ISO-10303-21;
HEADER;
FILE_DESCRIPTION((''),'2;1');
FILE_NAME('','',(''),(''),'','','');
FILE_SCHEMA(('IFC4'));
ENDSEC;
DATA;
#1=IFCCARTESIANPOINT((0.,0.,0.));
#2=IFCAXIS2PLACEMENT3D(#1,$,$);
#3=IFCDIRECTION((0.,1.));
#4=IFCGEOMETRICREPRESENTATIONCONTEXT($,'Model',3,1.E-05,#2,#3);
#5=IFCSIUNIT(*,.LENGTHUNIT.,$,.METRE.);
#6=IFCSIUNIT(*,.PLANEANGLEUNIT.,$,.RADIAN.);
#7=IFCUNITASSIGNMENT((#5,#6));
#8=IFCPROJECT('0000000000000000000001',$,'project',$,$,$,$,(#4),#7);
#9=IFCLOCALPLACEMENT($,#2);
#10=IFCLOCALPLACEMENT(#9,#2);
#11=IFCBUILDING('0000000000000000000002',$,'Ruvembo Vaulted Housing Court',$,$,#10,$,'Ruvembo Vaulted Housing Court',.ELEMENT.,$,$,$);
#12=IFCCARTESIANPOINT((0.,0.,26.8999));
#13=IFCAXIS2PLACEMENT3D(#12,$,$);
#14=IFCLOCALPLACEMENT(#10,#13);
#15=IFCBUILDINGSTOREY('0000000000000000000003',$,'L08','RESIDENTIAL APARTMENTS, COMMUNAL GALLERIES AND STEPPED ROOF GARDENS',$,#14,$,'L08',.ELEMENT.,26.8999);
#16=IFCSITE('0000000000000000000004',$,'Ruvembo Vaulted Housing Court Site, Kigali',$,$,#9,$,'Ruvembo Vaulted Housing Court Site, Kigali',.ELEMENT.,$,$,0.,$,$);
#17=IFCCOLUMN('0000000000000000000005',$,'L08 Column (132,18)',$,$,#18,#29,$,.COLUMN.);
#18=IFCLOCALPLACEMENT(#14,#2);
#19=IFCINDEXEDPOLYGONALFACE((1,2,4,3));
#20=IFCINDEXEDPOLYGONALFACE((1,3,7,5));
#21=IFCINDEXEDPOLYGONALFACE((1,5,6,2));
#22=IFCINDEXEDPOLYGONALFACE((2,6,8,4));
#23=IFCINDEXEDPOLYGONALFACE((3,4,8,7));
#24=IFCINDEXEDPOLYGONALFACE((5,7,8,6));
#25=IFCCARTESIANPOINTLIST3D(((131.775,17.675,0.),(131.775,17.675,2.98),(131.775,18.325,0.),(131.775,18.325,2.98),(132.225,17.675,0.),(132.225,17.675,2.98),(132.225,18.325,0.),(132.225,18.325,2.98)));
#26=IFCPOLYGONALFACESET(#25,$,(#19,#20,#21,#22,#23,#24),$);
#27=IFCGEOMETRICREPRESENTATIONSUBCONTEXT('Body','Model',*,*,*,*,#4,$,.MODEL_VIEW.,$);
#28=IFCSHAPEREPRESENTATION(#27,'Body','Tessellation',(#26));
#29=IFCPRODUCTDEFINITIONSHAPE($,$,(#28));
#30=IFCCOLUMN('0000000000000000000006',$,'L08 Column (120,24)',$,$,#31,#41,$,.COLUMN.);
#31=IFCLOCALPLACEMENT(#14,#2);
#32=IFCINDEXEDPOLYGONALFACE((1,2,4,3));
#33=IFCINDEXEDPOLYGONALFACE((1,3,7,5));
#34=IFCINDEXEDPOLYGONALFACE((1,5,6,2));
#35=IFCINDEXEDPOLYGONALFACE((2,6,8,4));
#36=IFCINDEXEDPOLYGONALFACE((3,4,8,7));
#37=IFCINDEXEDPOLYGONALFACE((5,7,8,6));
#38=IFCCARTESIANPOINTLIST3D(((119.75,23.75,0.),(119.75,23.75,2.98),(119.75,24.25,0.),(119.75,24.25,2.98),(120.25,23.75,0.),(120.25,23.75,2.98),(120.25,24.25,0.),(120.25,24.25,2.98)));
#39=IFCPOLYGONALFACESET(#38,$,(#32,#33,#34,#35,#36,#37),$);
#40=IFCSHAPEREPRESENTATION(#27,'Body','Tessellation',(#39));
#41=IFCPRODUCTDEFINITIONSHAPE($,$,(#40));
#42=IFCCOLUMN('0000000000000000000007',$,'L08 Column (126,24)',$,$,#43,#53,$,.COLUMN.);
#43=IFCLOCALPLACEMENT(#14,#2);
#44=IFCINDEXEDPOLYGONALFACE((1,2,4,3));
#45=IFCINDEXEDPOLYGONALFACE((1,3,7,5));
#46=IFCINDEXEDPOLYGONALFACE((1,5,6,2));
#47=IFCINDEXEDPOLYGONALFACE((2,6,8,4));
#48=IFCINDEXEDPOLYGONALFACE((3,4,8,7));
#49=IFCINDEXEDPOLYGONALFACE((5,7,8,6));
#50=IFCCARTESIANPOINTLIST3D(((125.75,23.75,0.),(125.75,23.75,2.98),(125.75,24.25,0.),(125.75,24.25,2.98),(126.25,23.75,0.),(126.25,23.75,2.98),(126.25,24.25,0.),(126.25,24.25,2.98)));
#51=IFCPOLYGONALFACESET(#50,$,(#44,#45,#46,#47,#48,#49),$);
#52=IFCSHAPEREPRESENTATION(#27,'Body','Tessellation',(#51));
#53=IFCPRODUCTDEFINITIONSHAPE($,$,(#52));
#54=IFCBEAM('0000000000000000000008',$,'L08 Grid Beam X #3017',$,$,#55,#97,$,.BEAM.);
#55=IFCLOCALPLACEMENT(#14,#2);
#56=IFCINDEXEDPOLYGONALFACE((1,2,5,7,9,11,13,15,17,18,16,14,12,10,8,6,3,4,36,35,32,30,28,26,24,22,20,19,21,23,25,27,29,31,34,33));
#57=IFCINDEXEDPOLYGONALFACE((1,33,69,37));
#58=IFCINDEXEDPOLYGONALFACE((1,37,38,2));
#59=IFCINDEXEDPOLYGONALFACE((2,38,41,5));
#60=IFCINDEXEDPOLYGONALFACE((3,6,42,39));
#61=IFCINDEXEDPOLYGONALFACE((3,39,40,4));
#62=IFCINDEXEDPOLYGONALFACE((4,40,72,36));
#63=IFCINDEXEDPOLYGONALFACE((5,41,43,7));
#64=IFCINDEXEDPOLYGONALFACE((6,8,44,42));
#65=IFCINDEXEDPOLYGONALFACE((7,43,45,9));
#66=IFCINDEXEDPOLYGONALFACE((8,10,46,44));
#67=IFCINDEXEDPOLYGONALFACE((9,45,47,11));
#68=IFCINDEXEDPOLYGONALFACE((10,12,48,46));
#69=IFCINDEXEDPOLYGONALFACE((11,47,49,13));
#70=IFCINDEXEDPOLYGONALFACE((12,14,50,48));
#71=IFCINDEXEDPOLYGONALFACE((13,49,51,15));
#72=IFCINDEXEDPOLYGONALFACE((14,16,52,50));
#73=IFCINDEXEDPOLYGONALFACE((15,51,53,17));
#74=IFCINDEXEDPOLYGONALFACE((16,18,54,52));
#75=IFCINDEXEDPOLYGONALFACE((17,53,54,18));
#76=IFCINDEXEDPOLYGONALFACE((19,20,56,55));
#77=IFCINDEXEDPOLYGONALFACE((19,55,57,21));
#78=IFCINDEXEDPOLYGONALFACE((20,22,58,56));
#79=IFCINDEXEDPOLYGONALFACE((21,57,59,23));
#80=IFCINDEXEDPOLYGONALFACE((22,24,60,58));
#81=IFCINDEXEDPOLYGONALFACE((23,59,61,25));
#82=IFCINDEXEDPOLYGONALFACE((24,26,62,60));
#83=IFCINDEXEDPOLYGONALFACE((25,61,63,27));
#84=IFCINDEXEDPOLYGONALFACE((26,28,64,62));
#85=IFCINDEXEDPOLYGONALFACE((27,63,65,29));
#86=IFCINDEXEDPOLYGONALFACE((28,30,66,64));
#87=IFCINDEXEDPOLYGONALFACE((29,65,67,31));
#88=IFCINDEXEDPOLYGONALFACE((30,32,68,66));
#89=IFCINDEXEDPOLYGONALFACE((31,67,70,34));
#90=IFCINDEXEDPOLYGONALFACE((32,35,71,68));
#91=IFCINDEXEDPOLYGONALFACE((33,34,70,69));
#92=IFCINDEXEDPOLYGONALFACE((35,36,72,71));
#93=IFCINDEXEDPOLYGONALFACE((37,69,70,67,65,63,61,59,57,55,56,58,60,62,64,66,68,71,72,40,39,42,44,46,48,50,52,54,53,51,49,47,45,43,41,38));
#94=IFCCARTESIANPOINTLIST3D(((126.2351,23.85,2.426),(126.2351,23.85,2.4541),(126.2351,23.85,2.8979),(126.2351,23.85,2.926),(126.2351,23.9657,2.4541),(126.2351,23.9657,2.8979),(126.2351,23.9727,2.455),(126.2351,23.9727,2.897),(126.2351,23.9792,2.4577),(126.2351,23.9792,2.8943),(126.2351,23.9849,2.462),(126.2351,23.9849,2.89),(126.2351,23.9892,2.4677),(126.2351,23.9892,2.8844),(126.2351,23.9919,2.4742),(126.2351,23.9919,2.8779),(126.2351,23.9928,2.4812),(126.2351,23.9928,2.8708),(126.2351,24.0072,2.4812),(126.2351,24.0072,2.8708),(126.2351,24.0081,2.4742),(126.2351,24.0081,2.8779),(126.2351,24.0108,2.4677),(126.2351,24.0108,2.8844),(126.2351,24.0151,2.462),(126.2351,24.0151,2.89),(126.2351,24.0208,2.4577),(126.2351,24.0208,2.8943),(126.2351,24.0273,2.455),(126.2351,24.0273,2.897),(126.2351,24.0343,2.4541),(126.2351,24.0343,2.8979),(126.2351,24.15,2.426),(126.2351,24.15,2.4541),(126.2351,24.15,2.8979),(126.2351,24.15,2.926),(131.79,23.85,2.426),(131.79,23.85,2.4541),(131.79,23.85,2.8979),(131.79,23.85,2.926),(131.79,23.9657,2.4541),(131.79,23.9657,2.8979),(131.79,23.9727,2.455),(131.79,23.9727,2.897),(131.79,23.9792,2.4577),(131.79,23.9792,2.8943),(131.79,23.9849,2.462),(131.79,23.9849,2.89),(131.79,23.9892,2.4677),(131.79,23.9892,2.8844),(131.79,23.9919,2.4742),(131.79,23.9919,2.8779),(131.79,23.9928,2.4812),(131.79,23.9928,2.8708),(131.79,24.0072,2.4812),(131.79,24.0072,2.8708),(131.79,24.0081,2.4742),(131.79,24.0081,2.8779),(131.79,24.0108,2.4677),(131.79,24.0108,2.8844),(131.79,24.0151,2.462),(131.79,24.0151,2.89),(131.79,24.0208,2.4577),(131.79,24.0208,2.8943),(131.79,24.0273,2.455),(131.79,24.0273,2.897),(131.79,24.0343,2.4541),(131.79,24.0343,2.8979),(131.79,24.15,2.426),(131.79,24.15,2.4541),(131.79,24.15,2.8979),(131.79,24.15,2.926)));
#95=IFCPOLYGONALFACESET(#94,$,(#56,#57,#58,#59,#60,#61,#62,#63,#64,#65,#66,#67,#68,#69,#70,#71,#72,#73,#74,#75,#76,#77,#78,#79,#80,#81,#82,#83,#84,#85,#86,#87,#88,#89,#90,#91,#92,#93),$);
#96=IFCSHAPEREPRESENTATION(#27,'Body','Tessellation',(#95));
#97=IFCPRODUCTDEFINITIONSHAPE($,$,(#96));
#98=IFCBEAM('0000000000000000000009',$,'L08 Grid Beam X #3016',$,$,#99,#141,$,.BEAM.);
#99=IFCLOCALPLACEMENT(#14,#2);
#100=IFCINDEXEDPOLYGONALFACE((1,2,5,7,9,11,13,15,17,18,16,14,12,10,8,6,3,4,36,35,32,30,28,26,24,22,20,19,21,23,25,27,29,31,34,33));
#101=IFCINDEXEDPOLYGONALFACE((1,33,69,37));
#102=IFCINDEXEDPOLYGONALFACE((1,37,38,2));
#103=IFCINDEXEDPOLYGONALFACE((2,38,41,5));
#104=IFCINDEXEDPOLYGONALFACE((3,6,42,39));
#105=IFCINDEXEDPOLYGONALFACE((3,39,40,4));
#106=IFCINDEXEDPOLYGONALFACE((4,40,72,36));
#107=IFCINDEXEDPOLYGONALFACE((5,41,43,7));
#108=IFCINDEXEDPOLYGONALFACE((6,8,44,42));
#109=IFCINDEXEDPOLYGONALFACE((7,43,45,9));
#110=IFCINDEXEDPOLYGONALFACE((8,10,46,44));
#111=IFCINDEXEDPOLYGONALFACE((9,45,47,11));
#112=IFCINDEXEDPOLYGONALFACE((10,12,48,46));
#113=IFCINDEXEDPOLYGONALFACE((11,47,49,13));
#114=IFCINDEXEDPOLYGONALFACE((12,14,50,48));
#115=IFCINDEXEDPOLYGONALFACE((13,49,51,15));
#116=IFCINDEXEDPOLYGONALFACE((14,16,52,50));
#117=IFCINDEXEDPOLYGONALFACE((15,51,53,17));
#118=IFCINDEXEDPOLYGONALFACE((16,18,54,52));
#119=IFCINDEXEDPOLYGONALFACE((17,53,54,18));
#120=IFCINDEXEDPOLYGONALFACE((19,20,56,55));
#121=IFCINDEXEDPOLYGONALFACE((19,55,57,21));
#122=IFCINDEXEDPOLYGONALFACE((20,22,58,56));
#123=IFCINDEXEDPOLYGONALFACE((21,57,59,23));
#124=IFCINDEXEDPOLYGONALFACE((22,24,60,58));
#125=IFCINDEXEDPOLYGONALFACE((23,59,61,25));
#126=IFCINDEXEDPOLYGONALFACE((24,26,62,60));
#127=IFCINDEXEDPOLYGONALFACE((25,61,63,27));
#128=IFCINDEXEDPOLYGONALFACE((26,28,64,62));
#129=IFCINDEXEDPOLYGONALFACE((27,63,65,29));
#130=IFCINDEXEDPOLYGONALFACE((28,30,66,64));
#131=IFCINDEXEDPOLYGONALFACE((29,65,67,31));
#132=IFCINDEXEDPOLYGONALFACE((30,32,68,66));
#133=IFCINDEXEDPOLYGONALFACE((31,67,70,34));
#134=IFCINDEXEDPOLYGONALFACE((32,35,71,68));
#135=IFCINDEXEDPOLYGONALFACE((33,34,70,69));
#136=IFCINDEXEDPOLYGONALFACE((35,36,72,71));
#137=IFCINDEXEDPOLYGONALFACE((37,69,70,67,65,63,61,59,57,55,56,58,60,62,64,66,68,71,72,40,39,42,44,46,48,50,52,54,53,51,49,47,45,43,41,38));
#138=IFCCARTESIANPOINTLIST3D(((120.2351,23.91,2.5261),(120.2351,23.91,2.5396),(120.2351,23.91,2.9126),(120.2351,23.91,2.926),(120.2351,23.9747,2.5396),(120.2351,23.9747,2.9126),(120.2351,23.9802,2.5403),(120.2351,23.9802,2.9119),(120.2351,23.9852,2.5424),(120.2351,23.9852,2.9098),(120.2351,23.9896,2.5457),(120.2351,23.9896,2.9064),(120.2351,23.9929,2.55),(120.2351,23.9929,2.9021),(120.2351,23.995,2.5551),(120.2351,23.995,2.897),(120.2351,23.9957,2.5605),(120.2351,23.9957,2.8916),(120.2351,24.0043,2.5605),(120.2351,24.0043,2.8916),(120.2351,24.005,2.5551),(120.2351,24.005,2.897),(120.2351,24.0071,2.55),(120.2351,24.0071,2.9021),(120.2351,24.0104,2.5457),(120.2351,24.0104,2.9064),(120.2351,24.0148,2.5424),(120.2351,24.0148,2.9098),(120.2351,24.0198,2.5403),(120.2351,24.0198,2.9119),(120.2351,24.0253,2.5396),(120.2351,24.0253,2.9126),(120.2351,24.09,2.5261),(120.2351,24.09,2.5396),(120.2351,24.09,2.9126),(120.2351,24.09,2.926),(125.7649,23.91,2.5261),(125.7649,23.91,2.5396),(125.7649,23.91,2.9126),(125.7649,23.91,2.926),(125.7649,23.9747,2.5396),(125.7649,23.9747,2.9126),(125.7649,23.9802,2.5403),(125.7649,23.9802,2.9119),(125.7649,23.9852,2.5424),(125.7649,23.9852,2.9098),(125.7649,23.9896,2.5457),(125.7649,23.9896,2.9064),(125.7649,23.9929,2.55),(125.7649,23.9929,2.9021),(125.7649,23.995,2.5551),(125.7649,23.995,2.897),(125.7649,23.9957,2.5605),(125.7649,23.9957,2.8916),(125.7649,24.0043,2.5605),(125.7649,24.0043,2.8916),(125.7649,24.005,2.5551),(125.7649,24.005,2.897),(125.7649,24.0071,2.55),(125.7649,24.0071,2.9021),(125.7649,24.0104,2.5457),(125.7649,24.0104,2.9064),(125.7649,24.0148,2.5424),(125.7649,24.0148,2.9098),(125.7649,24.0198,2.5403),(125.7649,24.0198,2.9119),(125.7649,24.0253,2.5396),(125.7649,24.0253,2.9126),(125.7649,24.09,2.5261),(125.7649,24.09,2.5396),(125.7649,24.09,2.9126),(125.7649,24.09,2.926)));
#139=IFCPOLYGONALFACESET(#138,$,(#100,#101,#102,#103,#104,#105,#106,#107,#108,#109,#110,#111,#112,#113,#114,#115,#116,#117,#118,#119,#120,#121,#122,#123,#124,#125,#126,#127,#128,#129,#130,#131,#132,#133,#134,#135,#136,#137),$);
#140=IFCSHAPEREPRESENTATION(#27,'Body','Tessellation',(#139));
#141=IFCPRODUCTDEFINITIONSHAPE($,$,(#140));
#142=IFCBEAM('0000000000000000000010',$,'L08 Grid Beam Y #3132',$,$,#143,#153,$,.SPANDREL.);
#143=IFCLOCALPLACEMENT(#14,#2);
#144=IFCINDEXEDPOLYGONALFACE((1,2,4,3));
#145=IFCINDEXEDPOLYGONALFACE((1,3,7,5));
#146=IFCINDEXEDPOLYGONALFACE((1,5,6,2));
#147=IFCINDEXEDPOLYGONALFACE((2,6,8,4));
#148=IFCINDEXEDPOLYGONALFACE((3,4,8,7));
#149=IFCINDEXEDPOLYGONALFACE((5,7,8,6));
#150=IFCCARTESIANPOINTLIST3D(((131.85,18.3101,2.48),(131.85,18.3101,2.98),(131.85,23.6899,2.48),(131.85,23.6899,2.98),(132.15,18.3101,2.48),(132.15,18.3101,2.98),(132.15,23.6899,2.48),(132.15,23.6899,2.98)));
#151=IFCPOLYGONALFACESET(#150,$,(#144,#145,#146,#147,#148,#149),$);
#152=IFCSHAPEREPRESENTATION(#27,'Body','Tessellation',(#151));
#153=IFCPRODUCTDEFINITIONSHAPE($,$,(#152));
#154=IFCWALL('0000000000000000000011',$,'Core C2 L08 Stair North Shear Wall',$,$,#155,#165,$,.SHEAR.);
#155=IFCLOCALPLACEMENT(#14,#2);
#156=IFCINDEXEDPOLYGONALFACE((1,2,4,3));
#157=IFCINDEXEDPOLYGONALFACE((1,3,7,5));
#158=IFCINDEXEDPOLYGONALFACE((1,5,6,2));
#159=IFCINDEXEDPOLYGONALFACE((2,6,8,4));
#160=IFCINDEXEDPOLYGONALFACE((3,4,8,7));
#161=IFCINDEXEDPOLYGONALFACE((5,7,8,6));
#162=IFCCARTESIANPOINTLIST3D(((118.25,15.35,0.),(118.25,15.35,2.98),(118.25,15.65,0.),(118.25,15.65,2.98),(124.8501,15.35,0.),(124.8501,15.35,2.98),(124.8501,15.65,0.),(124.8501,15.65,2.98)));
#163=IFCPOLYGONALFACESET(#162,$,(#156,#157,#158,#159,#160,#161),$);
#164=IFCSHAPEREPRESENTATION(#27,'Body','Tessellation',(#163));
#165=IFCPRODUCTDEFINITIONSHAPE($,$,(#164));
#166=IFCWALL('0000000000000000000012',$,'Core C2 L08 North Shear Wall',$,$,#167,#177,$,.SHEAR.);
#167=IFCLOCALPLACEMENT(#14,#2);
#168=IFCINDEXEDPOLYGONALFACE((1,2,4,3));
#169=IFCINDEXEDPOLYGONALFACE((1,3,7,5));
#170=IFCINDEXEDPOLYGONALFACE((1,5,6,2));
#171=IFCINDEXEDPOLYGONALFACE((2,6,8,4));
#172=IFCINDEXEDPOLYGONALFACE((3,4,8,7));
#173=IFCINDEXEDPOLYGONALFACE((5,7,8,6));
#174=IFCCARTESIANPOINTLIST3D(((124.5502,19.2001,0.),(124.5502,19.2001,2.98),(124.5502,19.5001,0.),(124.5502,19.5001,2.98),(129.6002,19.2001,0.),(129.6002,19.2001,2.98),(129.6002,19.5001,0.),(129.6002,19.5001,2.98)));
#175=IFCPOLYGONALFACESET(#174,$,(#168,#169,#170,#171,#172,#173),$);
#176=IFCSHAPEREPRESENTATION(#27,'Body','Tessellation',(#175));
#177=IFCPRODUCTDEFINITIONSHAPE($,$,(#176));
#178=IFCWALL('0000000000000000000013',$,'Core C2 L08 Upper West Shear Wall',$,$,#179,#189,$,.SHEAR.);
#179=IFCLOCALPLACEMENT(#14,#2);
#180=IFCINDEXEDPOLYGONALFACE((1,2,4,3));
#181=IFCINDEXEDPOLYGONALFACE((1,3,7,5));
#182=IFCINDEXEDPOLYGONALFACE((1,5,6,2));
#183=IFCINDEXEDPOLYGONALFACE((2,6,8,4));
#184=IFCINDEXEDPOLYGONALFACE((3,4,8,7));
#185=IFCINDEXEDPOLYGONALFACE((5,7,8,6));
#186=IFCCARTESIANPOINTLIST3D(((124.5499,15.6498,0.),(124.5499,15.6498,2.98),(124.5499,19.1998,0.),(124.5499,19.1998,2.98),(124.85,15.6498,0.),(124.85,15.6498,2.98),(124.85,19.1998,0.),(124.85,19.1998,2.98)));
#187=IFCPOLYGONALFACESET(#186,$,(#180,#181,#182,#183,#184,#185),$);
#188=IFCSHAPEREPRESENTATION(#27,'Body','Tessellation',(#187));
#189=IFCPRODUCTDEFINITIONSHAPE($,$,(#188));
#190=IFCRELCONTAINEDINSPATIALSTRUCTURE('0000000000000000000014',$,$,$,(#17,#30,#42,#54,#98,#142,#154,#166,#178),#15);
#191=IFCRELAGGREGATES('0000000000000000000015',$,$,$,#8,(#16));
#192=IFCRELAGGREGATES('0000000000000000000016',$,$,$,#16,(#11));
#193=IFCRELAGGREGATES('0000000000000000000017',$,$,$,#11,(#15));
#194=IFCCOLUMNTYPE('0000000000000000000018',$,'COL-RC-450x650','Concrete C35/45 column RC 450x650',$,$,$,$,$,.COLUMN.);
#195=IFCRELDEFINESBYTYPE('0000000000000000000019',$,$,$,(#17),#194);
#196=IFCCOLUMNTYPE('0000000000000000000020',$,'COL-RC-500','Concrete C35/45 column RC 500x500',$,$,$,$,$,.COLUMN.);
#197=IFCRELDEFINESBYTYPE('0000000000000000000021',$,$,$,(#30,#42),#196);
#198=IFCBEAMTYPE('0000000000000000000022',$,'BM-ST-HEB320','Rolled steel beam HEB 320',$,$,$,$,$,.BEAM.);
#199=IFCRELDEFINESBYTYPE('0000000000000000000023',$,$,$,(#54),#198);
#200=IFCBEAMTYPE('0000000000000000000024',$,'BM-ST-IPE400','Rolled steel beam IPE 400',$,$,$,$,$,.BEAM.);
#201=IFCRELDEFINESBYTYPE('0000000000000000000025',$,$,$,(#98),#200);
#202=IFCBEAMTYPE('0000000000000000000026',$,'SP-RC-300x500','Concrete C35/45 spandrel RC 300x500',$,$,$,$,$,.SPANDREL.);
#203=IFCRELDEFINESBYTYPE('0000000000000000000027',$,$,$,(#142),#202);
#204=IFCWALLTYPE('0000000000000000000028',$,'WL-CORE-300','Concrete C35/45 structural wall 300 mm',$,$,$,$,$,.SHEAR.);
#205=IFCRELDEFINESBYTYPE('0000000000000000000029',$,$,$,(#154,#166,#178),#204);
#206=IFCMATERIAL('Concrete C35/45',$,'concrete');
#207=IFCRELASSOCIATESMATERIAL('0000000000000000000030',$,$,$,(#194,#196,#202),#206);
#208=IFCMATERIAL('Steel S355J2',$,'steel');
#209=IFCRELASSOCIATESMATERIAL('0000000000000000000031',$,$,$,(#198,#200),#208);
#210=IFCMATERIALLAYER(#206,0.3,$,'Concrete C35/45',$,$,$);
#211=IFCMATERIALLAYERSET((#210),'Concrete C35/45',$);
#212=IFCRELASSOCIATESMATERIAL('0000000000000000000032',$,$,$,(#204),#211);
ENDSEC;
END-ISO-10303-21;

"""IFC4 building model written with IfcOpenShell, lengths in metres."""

from ifc_helpers import new_model, si_unit, direction, frame, frame_2d, origin, origin_2d, place, context, subcontext, project, spatial, rectangle, i_section, extrude, material, layer, layer_set, material_profile, profile_set, type_object, element, save


model = new_model("IFC4")

# Units and contexts
model_context = context("Model", 3, precision=1e-05, world=origin(), true_north=direction((0.0, 1.0)))
body_context = subcontext(model_context, "Body", "Model", "MODEL_VIEW")
ifc_project = project(units=[si_unit("LENGTHUNIT", "METRE"), si_unit("PLANEANGLEUNIT", "RADIAN")], contexts=[model_context])

# Site, building, storey
site_placement = place(None, origin())
site = spatial("IfcSite", under=ifc_project, at=site_placement, Name="Ruvembo Vaulted Housing Court Site, Kigali", LongName="Ruvembo Vaulted Housing Court Site, Kigali", CompositionType="ELEMENT", RefElevation=0.0)
building_placement = place(site_placement, origin())
building = spatial("IfcBuilding", under=site, at=building_placement, Name="Ruvembo Vaulted Housing Court", LongName="Ruvembo Vaulted Housing Court", CompositionType="ELEMENT")
storey_placement = place(building_placement, frame((0.0, 0.0, 26.8999)))
storey = spatial("IfcBuildingStorey", under=building, at=storey_placement, Name="L08", Description="RESIDENTIAL APARTMENTS, COMMUNAL GALLERIES AND STEPPED ROOF GARDENS", LongName="L08", CompositionType="ELEMENT", Elevation=26.8999)

# Columns
ifc_material_1 = material(Name="Concrete C35/45", Category="concrete")
ifc_material_profile_1 = material_profile(ifc_material_1, rectangle(XDim=0.45, YDim=0.6499, at=origin_2d()), Name="RC 450x650")
ifc_profile_set_1 = profile_set([ifc_material_profile_1], Name="Concrete C35/45")
column_type_1 = type_object("IfcColumnType", Name="COL-RC-450x650", Description="Concrete C35/45 column RC 450x650", PredefinedType="COLUMN", material=ifc_profile_set_1)
column_placement = place(storey_placement, frame((132.0, 18.0, 0.0), z_axis=(0.0, 0.0, 1.0), x_axis=(1.0, 0.0, 0.0)))
element("IfcColumn", 1, at=column_placement, inside=storey, type_object=column_type_1, Name="L08 Column (132,18)", PredefinedType="COLUMN", context=body_context, shape_type="SweptSolid", body=[
    extrude(rectangle(XDim=0.45, YDim=0.6499, at=origin_2d()), origin(), (0.0, 0.0, 1.0), 2.98),
])
ifc_material_profile_2 = material_profile(ifc_material_1, rectangle(XDim=0.5, YDim=0.5, at=origin_2d()), Name="RC 500x500")
ifc_profile_set_2 = profile_set([ifc_material_profile_2], Name="Concrete C35/45")
column_type_2 = type_object("IfcColumnType", Name="COL-RC-500", Description="Concrete C35/45 column RC 500x500", PredefinedType="COLUMN", material=ifc_profile_set_2)
for number, where, z_axis, x_axis, name in (
    (2, (120.0, 24.0, 0.0), (0.0, 0.0, 1.0), (1.0, 0.0, 0.0), "L08 Column (120,24)"),
    (3, (126.0, 24.0, 0.0), (0.0, 0.0, 1.0), (1.0, 0.0, 0.0), "L08 Column (126,24)"),
):
    element("IfcColumn", number, at=place(storey_placement, frame(where, z_axis=z_axis, x_axis=x_axis)), inside=storey, type_object=column_type_2, Name=name, PredefinedType="COLUMN", context=body_context, shape_type="SweptSolid", body=[
        extrude(rectangle(XDim=0.5, YDim=0.5, at=origin_2d()), origin(), (0.0, 0.0, 1.0), 2.98),
    ])

# Beams
ifc_material_2 = material(Name="Steel S355J2", Category="steel")
ifc_material_profile_3 = material_profile(ifc_material_2, i_section(OverallWidth=0.3, OverallDepth=0.5, WebThickness=0.0144, FlangeThickness=0.0281, FilletRadius=0.0271, at=origin_2d()), Name="HEB 320")
ifc_profile_set_3 = profile_set([ifc_material_profile_3], Name="Steel S355J2")
beam_type_1 = type_object("IfcBeamType", Name="BM-ST-HEB320", Description="Rolled steel beam HEB 320", PredefinedType="BEAM", material=ifc_profile_set_3)
beam_1_placement = place(storey_placement, frame((126.2351, 24.0, 2.676), z_axis=(1.0, 0.0, 0.0), x_axis=(0.0, 1.0, 0.0)))
element("IfcBeam", 4, at=beam_1_placement, inside=storey, type_object=beam_type_1, Name="L08 Grid Beam X #3017", PredefinedType="BEAM", context=body_context, shape_type="SweptSolid", body=[
    extrude(i_section(OverallWidth=0.3, OverallDepth=0.5, WebThickness=0.0144, FlangeThickness=0.0281, FilletRadius=0.0271, at=origin_2d()), origin(), (0.0, 0.0, 1.0), 5.5549),
])
ifc_material_profile_4 = material_profile(ifc_material_2, i_section(OverallWidth=0.1799, OverallDepth=0.3999, WebThickness=0.0085, FlangeThickness=0.0134, FilletRadius=0.021, at=origin_2d()), Name="IPE 400")
ifc_profile_set_4 = profile_set([ifc_material_profile_4], Name="Steel S355J2")
beam_type_2 = type_object("IfcBeamType", Name="BM-ST-IPE400", Description="Rolled steel beam IPE 400", PredefinedType="BEAM", material=ifc_profile_set_4)
beam_2_placement = place(storey_placement, frame((120.2351, 24.0, 2.7261), z_axis=(1.0, 0.0, 0.0), x_axis=(0.0, 1.0, 0.0)))
element("IfcBeam", 5, at=beam_2_placement, inside=storey, type_object=beam_type_2, Name="L08 Grid Beam X #3016", PredefinedType="BEAM", context=body_context, shape_type="SweptSolid", body=[
    extrude(i_section(OverallWidth=0.1799, OverallDepth=0.3999, WebThickness=0.0085, FlangeThickness=0.0134, FilletRadius=0.021, at=origin_2d()), origin(), (0.0, 0.0, 1.0), 5.5298),
])
ifc_material_profile_5 = material_profile(ifc_material_1, rectangle(XDim=0.3, YDim=0.5, at=origin_2d()), Name="RC 300x500")
ifc_profile_set_5 = profile_set([ifc_material_profile_5], Name="Concrete C35/45")
beam_type_3 = type_object("IfcBeamType", Name="SP-RC-300x500", Description="Concrete C35/45 spandrel RC 300x500", PredefinedType="SPANDREL", material=ifc_profile_set_5)
beam_3_placement = place(storey_placement, frame((132.0, 18.3101, 2.73), z_axis=(0.0, 1.0, 0.0), x_axis=(-1.0, 0.0, 0.0)))
element("IfcBeam", 6, at=beam_3_placement, inside=storey, type_object=beam_type_3, Name="L08 Grid Beam Y #3132", PredefinedType="SPANDREL", context=body_context, shape_type="SweptSolid", body=[
    extrude(rectangle(XDim=0.3, YDim=0.5, at=origin_2d()), origin(), (0.0, 0.0, 1.0), 5.3799),
])

# Walls
ifc_layer_1 = layer(ifc_material_1, 0.3, Name="Concrete C35/45")
ifc_layer_set_1 = layer_set([ifc_layer_1], Name="Concrete C35/45")
wall_type_1 = type_object("IfcWallType", Name="WL-CORE-300", Description="Concrete C35/45 structural wall 300 mm", PredefinedType="SHEAR", material=ifc_layer_set_1)
wall_1_placement = place(storey_placement, frame((124.8501, 15.5, 0.0), z_axis=(0.0, 0.0, 1.0), x_axis=(-1.0, 0.0, 0.0)))
element("IfcWall", 7, at=wall_1_placement, inside=storey, type_object=wall_type_1, Name="Core C2 L08 Stair North Shear Wall", PredefinedType="SHEAR", context=body_context, shape_type="SweptSolid", body=[
    extrude(rectangle(XDim=6.6001, YDim=0.3, at=frame_2d((3.3, 0.0))), origin(), (0.0, 0.0, 1.0), 2.98),
])
wall_2_placement = place(storey_placement, frame((129.6001, 19.3501, 0.0), z_axis=(0.0, 0.0, 1.0), x_axis=(-1.0, 0.0, 0.0)))
element("IfcWall", 8, at=wall_2_placement, inside=storey, type_object=wall_type_1, Name="Core C2 L08 North Shear Wall", PredefinedType="SHEAR", context=body_context, shape_type="SweptSolid", body=[
    extrude(rectangle(XDim=5.05, YDim=0.3, at=frame_2d((2.5249, 0.0))), origin(), (0.0, 0.0, 1.0), 2.98),
])
wall_3_placement = place(storey_placement, frame((124.7, 15.6499, 0.0), z_axis=(0.0, 0.0, 1.0), x_axis=(0.0, 1.0, 0.0)))
element("IfcWall", 9, at=wall_3_placement, inside=storey, type_object=wall_type_1, Name="Core C2 L08 Upper West Shear Wall", PredefinedType="SHEAR", context=body_context, shape_type="SweptSolid", body=[
    extrude(rectangle(XDim=3.55, YDim=0.3, at=frame_2d((1.7749, 0.0))), origin(), (0.0, 0.0, 1.0), 2.98),
])

save(model, "model.ifc")
